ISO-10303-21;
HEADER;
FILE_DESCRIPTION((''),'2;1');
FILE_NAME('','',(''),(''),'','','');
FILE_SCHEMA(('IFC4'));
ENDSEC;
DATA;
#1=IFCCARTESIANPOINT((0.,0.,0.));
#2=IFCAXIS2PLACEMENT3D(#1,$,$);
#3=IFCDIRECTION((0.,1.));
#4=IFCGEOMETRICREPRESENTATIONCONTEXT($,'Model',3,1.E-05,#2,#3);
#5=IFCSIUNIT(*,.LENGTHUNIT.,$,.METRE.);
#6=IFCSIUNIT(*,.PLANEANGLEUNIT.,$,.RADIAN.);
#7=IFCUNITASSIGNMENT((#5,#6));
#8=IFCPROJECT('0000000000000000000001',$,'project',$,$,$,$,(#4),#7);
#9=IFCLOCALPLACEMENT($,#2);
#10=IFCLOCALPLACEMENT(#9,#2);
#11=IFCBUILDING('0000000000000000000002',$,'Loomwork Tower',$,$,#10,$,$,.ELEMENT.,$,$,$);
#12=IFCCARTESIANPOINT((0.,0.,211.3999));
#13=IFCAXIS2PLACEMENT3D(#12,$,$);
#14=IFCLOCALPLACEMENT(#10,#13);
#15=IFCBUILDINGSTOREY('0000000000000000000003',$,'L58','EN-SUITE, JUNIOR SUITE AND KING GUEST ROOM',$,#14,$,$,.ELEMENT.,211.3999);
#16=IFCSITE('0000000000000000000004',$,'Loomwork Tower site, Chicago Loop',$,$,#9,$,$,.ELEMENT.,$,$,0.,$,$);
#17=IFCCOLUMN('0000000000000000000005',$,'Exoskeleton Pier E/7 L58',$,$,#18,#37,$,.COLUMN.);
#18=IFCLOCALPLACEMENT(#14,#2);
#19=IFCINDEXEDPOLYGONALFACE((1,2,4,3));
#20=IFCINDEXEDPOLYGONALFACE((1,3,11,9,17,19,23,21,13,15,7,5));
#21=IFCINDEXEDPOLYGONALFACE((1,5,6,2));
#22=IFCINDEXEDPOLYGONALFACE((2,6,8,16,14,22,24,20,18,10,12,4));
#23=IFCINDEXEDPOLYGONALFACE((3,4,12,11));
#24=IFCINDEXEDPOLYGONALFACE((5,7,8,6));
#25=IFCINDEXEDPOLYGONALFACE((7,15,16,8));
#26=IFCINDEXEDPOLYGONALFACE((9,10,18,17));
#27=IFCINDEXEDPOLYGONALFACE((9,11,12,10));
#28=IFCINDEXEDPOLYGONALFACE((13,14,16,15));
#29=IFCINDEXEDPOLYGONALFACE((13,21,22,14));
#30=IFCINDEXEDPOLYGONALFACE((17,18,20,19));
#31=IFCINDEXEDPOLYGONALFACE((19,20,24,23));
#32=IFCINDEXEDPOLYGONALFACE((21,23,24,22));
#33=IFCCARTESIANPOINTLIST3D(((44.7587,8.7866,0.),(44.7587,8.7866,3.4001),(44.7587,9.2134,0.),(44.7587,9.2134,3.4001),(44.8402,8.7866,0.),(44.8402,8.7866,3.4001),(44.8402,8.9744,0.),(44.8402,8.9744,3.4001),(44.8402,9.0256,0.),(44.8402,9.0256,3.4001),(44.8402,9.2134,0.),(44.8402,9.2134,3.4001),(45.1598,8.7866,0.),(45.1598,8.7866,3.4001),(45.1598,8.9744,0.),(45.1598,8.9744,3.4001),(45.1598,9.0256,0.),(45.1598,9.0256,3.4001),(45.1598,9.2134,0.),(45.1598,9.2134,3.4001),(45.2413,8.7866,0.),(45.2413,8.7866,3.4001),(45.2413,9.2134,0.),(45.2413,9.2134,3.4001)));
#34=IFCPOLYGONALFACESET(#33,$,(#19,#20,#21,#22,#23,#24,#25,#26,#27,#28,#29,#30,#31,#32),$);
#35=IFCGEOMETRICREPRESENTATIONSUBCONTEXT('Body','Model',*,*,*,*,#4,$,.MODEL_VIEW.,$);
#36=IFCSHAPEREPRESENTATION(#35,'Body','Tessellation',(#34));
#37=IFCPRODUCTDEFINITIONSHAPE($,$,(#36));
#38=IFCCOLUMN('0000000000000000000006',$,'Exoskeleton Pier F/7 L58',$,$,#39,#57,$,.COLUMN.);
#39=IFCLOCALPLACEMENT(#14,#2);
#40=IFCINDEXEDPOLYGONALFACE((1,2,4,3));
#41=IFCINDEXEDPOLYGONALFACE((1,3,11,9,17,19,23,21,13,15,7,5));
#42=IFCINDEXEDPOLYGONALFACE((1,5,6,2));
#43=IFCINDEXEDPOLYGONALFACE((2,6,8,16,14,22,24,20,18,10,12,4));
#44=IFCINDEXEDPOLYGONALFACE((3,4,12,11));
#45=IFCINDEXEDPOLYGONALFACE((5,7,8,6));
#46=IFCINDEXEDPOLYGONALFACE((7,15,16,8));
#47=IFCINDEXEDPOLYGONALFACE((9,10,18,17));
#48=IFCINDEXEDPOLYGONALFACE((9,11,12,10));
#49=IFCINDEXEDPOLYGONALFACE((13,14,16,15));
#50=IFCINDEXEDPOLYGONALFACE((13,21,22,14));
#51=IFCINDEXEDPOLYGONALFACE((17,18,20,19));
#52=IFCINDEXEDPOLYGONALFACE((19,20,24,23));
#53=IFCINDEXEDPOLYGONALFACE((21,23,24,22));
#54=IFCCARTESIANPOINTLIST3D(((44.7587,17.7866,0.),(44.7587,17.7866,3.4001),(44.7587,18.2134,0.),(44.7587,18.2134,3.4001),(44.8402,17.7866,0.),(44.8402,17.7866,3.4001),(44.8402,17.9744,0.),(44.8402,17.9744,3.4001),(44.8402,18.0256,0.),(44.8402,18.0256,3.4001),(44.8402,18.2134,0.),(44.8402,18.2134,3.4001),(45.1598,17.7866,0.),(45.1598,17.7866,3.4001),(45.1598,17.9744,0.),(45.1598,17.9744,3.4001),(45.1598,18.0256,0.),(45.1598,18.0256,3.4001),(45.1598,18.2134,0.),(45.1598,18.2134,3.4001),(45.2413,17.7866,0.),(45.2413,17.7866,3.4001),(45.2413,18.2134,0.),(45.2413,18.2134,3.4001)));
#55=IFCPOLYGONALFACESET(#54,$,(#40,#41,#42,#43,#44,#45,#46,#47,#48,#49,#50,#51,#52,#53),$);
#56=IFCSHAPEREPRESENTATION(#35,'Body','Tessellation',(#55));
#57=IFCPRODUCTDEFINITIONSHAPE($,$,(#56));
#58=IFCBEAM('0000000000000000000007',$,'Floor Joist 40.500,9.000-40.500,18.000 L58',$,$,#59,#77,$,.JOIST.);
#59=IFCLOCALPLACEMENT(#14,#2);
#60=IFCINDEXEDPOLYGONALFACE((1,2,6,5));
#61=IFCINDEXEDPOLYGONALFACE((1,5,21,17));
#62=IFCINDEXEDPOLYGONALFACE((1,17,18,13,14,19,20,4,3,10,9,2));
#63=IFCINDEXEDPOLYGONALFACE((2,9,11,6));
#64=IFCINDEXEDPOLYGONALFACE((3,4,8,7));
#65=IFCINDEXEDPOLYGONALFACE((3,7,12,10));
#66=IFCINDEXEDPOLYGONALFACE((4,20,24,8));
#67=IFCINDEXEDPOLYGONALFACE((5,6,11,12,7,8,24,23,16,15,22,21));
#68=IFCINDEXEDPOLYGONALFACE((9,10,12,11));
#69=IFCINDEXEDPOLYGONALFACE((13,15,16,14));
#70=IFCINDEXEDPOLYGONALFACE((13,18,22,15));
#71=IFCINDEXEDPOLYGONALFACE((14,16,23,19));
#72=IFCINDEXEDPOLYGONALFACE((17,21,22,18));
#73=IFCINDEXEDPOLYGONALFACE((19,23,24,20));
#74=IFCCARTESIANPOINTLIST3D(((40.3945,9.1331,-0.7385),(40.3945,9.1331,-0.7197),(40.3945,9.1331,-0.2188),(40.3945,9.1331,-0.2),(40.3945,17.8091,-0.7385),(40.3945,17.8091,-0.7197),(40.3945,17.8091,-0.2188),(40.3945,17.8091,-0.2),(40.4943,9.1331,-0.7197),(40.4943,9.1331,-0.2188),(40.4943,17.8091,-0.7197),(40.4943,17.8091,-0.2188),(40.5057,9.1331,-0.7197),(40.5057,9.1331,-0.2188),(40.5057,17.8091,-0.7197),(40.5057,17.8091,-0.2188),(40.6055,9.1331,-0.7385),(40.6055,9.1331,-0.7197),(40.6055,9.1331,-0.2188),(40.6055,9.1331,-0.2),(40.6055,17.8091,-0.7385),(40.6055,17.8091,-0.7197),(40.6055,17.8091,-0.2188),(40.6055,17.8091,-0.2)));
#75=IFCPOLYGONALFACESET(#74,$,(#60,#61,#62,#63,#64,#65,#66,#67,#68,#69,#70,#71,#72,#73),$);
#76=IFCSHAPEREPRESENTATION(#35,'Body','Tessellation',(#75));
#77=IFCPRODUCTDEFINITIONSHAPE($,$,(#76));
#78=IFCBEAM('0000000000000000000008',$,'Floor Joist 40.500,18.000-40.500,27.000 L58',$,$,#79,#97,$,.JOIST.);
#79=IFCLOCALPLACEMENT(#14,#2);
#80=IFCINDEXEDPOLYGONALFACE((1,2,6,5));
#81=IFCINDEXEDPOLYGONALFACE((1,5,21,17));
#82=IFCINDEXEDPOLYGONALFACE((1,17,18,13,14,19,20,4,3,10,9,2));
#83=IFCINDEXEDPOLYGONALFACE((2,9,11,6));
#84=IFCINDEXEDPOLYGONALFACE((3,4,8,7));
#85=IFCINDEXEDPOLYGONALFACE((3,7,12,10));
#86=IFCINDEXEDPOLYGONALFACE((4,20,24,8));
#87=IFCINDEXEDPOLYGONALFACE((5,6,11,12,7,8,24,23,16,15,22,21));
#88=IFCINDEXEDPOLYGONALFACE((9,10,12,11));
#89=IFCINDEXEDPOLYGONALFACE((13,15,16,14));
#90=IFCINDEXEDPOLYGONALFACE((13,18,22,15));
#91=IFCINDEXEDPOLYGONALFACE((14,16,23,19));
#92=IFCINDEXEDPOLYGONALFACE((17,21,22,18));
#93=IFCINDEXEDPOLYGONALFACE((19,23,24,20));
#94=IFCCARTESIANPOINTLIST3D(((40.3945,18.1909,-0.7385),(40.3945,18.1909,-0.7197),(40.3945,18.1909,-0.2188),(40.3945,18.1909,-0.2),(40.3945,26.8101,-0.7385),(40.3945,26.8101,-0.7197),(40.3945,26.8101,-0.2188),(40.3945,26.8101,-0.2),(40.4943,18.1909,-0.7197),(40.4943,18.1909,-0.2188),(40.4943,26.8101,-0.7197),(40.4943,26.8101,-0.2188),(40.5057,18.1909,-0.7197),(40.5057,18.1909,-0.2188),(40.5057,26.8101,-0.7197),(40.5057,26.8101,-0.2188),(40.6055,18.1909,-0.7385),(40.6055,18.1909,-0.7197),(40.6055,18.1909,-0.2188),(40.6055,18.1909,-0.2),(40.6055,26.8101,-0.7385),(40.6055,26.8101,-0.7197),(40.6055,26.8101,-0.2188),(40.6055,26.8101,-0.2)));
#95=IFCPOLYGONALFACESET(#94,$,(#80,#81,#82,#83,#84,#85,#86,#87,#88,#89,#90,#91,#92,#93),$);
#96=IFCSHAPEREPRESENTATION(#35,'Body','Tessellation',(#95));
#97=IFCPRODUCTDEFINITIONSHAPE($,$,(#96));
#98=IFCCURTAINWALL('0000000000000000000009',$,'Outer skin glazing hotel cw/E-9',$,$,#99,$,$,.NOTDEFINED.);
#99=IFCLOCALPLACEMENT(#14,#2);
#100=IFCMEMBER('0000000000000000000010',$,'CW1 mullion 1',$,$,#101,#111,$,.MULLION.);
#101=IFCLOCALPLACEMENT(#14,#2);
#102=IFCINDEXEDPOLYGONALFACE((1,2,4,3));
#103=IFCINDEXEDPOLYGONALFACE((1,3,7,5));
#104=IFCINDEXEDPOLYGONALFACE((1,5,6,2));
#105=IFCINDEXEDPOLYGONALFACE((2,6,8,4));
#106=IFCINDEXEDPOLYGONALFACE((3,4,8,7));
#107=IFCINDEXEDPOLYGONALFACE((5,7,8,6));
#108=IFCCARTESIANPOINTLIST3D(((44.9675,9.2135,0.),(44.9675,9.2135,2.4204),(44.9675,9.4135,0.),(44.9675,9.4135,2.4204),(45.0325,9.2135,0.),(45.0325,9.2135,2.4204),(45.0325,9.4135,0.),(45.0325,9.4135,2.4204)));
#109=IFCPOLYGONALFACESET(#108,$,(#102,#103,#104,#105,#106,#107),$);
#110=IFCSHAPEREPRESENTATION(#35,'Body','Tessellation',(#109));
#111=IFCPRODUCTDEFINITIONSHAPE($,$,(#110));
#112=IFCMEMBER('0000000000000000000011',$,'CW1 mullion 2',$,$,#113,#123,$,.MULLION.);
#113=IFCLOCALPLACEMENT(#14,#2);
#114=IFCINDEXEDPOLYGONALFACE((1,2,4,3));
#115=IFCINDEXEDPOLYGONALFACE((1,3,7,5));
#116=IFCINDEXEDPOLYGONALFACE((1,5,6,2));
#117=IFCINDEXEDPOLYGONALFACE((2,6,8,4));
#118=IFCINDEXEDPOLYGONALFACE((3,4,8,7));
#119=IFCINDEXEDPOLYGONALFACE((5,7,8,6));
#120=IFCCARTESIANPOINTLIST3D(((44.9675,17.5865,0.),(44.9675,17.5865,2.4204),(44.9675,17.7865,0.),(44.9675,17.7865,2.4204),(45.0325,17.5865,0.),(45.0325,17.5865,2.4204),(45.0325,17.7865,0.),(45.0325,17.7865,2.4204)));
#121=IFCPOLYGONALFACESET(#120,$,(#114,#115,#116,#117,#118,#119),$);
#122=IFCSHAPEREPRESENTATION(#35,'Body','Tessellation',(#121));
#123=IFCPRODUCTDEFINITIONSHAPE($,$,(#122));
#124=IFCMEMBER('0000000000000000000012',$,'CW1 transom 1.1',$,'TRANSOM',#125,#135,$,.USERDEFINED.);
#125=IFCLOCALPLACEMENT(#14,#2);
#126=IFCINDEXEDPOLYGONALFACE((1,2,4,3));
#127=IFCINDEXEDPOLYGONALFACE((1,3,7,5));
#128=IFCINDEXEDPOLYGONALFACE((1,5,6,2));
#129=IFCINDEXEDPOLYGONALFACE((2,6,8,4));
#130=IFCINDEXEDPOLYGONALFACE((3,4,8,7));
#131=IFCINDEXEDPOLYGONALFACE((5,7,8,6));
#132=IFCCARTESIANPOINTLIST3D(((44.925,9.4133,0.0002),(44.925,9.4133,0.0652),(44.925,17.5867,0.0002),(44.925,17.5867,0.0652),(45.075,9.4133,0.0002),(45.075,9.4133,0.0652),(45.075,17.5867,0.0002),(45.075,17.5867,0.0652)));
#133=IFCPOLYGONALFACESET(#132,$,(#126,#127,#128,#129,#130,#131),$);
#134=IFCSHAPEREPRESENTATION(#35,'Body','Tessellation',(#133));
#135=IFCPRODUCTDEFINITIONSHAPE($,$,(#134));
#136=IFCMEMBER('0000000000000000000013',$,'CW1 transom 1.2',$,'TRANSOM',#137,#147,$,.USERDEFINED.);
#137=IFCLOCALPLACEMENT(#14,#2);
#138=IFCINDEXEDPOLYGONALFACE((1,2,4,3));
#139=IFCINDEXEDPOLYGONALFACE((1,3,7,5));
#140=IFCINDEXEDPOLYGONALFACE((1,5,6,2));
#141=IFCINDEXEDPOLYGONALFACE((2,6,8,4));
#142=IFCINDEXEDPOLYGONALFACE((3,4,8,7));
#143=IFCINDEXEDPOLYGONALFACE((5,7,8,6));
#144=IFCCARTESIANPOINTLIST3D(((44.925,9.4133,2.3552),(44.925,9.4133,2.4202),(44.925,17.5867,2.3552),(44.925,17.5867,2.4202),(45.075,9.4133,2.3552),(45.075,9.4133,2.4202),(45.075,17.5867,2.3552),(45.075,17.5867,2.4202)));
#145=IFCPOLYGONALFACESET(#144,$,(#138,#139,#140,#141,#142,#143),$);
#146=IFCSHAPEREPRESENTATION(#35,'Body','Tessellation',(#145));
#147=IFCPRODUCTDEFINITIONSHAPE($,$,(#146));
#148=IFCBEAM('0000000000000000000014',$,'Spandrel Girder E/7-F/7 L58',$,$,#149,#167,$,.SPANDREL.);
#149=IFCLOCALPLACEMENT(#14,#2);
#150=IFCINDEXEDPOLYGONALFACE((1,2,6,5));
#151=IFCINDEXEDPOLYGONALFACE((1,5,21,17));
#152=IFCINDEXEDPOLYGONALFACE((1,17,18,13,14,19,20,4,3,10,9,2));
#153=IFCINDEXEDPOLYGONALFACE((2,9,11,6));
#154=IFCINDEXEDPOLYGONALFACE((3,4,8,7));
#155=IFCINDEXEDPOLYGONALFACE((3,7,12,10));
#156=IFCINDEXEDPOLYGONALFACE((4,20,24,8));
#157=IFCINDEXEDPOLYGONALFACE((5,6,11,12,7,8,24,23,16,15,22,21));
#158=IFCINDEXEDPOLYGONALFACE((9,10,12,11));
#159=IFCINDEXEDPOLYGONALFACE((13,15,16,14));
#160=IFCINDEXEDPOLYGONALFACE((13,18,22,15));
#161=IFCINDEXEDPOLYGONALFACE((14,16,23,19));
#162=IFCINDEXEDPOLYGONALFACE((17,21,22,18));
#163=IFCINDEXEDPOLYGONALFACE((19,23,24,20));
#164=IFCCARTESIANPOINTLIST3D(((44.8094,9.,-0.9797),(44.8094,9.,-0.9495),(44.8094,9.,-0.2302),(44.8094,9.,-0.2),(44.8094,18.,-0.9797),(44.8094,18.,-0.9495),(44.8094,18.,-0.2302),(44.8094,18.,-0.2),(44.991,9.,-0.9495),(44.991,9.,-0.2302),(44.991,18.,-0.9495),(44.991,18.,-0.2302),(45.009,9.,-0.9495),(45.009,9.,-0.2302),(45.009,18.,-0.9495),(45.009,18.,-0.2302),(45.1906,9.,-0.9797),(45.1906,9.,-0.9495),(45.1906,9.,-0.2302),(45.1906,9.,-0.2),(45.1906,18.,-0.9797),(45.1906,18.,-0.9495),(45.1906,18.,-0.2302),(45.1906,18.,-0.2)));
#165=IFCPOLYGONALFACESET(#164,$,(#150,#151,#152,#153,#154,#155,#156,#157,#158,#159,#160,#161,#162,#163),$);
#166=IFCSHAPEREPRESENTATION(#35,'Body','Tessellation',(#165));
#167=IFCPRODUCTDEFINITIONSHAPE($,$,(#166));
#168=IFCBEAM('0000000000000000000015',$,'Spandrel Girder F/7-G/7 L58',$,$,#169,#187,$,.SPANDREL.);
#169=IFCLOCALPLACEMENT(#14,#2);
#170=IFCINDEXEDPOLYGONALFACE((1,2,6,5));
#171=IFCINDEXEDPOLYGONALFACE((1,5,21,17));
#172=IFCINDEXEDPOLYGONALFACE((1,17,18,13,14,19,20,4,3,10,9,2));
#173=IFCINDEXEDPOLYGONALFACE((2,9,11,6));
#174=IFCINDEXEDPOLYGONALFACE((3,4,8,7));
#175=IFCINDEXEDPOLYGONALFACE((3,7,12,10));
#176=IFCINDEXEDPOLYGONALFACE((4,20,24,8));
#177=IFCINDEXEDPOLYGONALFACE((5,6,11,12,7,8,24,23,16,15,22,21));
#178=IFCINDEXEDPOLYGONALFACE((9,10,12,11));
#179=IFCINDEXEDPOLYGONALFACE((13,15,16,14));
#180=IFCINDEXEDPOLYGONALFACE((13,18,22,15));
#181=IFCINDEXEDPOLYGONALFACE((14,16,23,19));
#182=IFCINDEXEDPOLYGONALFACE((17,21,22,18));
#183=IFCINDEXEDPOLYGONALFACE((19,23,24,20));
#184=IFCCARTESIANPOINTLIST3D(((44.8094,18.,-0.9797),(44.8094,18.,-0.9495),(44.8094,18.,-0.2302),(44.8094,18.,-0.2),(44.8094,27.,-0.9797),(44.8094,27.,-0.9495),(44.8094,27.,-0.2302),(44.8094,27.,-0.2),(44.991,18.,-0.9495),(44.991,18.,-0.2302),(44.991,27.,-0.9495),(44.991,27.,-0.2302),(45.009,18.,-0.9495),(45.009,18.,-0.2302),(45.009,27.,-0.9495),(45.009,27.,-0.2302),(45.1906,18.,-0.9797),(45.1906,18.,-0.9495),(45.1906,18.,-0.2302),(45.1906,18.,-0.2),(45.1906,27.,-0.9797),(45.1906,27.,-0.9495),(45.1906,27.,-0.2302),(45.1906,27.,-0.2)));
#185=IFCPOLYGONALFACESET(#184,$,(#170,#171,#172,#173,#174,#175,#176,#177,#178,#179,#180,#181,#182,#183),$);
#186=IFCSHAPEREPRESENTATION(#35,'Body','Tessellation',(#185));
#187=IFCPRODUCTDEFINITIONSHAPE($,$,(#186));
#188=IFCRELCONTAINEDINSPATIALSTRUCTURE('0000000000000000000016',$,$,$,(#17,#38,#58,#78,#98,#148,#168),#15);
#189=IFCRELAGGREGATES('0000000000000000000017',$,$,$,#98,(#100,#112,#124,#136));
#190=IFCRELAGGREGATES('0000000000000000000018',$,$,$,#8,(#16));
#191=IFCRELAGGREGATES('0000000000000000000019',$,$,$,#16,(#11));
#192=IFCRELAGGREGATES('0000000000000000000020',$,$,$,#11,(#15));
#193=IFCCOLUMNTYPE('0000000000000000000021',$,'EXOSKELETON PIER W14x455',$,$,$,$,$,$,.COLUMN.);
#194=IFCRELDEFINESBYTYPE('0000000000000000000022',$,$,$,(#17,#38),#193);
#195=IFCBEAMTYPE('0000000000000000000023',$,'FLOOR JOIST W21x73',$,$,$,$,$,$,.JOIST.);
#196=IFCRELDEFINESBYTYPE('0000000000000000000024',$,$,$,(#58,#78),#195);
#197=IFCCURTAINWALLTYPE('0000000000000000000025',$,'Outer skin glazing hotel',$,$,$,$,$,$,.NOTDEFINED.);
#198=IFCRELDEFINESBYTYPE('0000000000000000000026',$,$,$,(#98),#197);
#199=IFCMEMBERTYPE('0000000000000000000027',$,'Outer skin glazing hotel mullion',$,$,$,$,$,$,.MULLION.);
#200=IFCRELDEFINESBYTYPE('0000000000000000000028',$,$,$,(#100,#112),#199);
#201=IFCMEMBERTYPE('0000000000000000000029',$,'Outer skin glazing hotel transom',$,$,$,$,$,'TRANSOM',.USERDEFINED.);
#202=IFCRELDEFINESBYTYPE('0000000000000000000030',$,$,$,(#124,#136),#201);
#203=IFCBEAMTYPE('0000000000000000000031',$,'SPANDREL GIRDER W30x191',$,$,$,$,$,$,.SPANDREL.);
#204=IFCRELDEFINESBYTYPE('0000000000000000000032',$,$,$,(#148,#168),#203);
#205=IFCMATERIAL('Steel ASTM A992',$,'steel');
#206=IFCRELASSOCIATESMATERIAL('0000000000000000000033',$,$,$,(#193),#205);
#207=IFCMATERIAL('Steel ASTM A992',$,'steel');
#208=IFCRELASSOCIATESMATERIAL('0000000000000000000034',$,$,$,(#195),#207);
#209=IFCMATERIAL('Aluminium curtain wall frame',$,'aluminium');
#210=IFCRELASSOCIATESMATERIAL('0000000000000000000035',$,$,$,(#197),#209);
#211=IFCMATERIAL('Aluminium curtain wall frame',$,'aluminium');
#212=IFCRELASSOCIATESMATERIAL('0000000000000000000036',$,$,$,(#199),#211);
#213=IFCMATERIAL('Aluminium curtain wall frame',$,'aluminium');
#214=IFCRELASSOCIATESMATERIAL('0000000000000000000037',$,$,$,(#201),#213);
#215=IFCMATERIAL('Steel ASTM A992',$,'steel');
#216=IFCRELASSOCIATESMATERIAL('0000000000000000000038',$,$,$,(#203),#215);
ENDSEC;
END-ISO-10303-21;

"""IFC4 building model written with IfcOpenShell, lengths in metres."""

from ifc_helpers import new_model, si_unit, direction, frame, origin, origin_2d, place, context, subcontext, project, spatial, rectangle, i_section, extrude, material, material_profile, profile_set, type_object, element, aggregate, save


model = new_model("IFC4")

# Units and contexts
model_context = context("Model", 3, precision=1e-05, world=origin(), true_north=direction((0.0, 1.0)))
body_context = subcontext(model_context, "Body", "Model", "MODEL_VIEW")
ifc_project = project(units=[si_unit("LENGTHUNIT", "METRE"), si_unit("PLANEANGLEUNIT", "RADIAN")], contexts=[model_context])

# Site, building, storey
site_placement = place(None, origin())
site = spatial("IfcSite", under=ifc_project, at=site_placement, Name="Loomwork Tower site, Chicago Loop", CompositionType="ELEMENT", RefElevation=0.0)
building_placement = place(site_placement, origin())
building = spatial("IfcBuilding", under=site, at=building_placement, Name="Loomwork Tower", CompositionType="ELEMENT")
storey_placement = place(building_placement, frame((0.0, 0.0, 211.3999)))
storey = spatial("IfcBuildingStorey", under=building, at=storey_placement, Name="L58", Description="EN-SUITE, JUNIOR SUITE AND KING GUEST ROOM", CompositionType="ELEMENT", Elevation=211.3999)

# Columns
ifc_material_1 = material(Name="Steel ASTM A992", Category="steel")
ifc_material_profile_1 = material_profile(ifc_material_1, i_section(OverallWidth=0.4268, OverallDepth=0.4827, WebThickness=0.0513, FlangeThickness=0.0815, at=origin_2d()), Name="W14x455")
ifc_profile_set_1 = profile_set([ifc_material_profile_1], Name="Steel ASTM A992")
column_type = type_object("IfcColumnType", Name="EXOSKELETON PIER W14x455", PredefinedType="COLUMN", material=ifc_profile_set_1)
for number, where, z_axis, x_axis, name in (
    (1, (45.0, 9.0, 0.0), (0.0, 0.0, 1.0), (0.0, 1.0, 0.0), "Exoskeleton Pier E/7 L58"),
    (2, (45.0, 18.0, 0.0), (0.0, 0.0, 1.0), (0.0, 1.0, 0.0), "Exoskeleton Pier F/7 L58"),
):
    element("IfcColumn", number, at=place(storey_placement, frame(where, z_axis=z_axis, x_axis=x_axis)), inside=storey, type_object=column_type, Name=name, PredefinedType="COLUMN", context=body_context, shape_type="SweptSolid", body=[
        extrude(i_section(OverallWidth=0.4268, OverallDepth=0.4827, WebThickness=0.0513, FlangeThickness=0.0815, at=origin_2d()), origin(), (0.0, 0.0, 1.0), 3.4001),
    ])

# Beams
ifc_material_2 = material(Name="Steel ASTM A992", Category="steel")
ifc_material_profile_2 = material_profile(ifc_material_2, i_section(OverallWidth=0.2109, OverallDepth=0.5386, WebThickness=0.0115, FlangeThickness=0.0188, at=origin_2d()), Name="W21x73")
ifc_profile_set_2 = profile_set([ifc_material_profile_2], Name="Steel ASTM A992")
beam_type_1 = type_object("IfcBeamType", Name="FLOOR JOIST W21x73", PredefinedType="JOIST", material=ifc_profile_set_2)
beam_1_placement = place(storey_placement, frame((40.5, 9.1331, -0.4692), z_axis=(0.0, 1.0, 0.0), x_axis=(-1.0, 0.0, 0.0)))
element("IfcBeam", 3, at=beam_1_placement, inside=storey, type_object=beam_type_1, Name="Floor Joist 40.500,9.000-40.500,18.000 L58", PredefinedType="JOIST", context=body_context, shape_type="SweptSolid", body=[
    extrude(i_section(OverallWidth=0.2109, OverallDepth=0.5386, WebThickness=0.0115, FlangeThickness=0.0188, at=origin_2d()), origin(), (0.0, 0.0, 1.0), 8.676),
])
beam_2_placement = place(storey_placement, frame((40.5, 18.1909, -0.4692), z_axis=(0.0, 1.0, 0.0), x_axis=(-1.0, 0.0, 0.0)))
element("IfcBeam", 4, at=beam_2_placement, inside=storey, type_object=beam_type_1, Name="Floor Joist 40.500,18.000-40.500,27.000 L58", PredefinedType="JOIST", context=body_context, shape_type="SweptSolid", body=[
    extrude(i_section(OverallWidth=0.2109, OverallDepth=0.5386, WebThickness=0.0115, FlangeThickness=0.0188, at=origin_2d()), origin(), (0.0, 0.0, 1.0), 8.6191),
])

# Curtain wall, members
ifc_material_3 = material(Name="Aluminium curtain wall frame", Category="aluminium")
curtain_wall_type = type_object("IfcCurtainWallType", Name="Outer skin glazing hotel", PredefinedType="NOTDEFINED", material=ifc_material_3)
curtain_wall_placement = place(storey_placement, origin())
curtain_wall = element("IfcCurtainWall", 5, at=curtain_wall_placement, inside=storey, type_object=curtain_wall_type, Name="Outer skin glazing hotel cw/E-9", PredefinedType="NOTDEFINED")
ifc_material_4 = material(Name="Aluminium curtain wall frame", Category="aluminium")
ifc_material_profile_3 = material_profile(ifc_material_4, rectangle(XDim=0.0649, YDim=0.2, at=origin_2d()), Name="AL 65x200")
ifc_profile_set_3 = profile_set([ifc_material_profile_3], Name="Aluminium curtain wall frame")
member_type_1 = type_object("IfcMemberType", Name="Outer skin glazing hotel mullion", PredefinedType="MULLION", material=ifc_profile_set_3)
member_1_placement = place(storey_placement, frame((45.0, 9.3135, 0.0), z_axis=(0.0, 0.0, 1.0), x_axis=(-1.0, 0.0, 0.0)))
member_1 = element("IfcMember", 6, at=member_1_placement, type_object=member_type_1, Name="CW1 mullion 1", PredefinedType="MULLION", context=body_context, shape_type="SweptSolid", body=[
    extrude(rectangle(XDim=0.0649, YDim=0.2, at=origin_2d()), origin(), (0.0, 0.0, 1.0), 2.4204),
])
member_2_placement = place(storey_placement, frame((45.0, 17.6865, 0.0), z_axis=(0.0, 0.0, 1.0), x_axis=(-1.0, 0.0, 0.0)))
member_2 = element("IfcMember", 7, at=member_2_placement, type_object=member_type_1, Name="CW1 mullion 2", PredefinedType="MULLION", context=body_context, shape_type="SweptSolid", body=[
    extrude(rectangle(XDim=0.0649, YDim=0.2, at=origin_2d()), origin(), (0.0, 0.0, 1.0), 2.4204),
])
ifc_material_5 = material(Name="Aluminium curtain wall frame", Category="aluminium")
ifc_material_profile_4 = material_profile(ifc_material_5, rectangle(XDim=0.1499, YDim=0.0649, at=origin_2d()), Name="AL 65x150")
ifc_profile_set_4 = profile_set([ifc_material_profile_4], Name="Aluminium curtain wall frame")
member_type_2 = type_object("IfcMemberType", Name="Outer skin glazing hotel transom", ElementType="TRANSOM", PredefinedType="USERDEFINED", material=ifc_profile_set_4)
member_3_placement = place(storey_placement, frame((45.0, 9.4133, 0.0327), z_axis=(0.0, 1.0, 0.0), x_axis=(-1.0, 0.0, 0.0)))
member_3 = element("IfcMember", 8, at=member_3_placement, type_object=member_type_2, Name="CW1 transom 1.1", ObjectType="TRANSOM", PredefinedType="USERDEFINED", context=body_context, shape_type="SweptSolid", body=[
    extrude(rectangle(XDim=0.1499, YDim=0.0649, at=origin_2d()), origin(), (0.0, 0.0, 1.0), 8.1733),
])
member_4_placement = place(storey_placement, frame((45.0, 9.4133, 2.3877), z_axis=(0.0, 1.0, 0.0), x_axis=(-1.0, 0.0, 0.0)))
member_4 = element("IfcMember", 9, at=member_4_placement, type_object=member_type_2, Name="CW1 transom 1.2", ObjectType="TRANSOM", PredefinedType="USERDEFINED", context=body_context, shape_type="SweptSolid", body=[
    extrude(rectangle(XDim=0.1499, YDim=0.0649, at=origin_2d()), origin(), (0.0, 0.0, 1.0), 8.1733),
])

# Beams
ifc_material_6 = material(Name="Steel ASTM A992", Category="steel")
ifc_material_profile_5 = material_profile(ifc_material_6, i_section(OverallWidth=0.3811, OverallDepth=0.7798, WebThickness=0.0181, FlangeThickness=0.0303, at=origin_2d()), Name="W30x191")
ifc_profile_set_5 = profile_set([ifc_material_profile_5], Name="Steel ASTM A992")
beam_type_2 = type_object("IfcBeamType", Name="SPANDREL GIRDER W30x191", PredefinedType="SPANDREL", material=ifc_profile_set_5)
for number, where, z_axis, x_axis, name in (
    (10, (45.0, 9.0, -0.5898), (0.0, 1.0, 0.0), (-1.0, 0.0, 0.0), "Spandrel Girder E/7-F/7 L58"),
    (11, (45.0, 18.0, -0.5898), (0.0, 1.0, 0.0), (-1.0, 0.0, 0.0), "Spandrel Girder F/7-G/7 L58"),
):
    element("IfcBeam", number, at=place(storey_placement, frame(where, z_axis=z_axis, x_axis=x_axis)), inside=storey, type_object=beam_type_2, Name=name, PredefinedType="SPANDREL", context=body_context, shape_type="SweptSolid", body=[
        extrude(i_section(OverallWidth=0.3811, OverallDepth=0.7798, WebThickness=0.0181, FlangeThickness=0.0303, at=origin_2d()), origin(), (0.0, 0.0, 1.0), 9.0),
    ])

aggregate(curtain_wall, [member_1, member_2, member_3, member_4])

save(model, "model.ifc")
